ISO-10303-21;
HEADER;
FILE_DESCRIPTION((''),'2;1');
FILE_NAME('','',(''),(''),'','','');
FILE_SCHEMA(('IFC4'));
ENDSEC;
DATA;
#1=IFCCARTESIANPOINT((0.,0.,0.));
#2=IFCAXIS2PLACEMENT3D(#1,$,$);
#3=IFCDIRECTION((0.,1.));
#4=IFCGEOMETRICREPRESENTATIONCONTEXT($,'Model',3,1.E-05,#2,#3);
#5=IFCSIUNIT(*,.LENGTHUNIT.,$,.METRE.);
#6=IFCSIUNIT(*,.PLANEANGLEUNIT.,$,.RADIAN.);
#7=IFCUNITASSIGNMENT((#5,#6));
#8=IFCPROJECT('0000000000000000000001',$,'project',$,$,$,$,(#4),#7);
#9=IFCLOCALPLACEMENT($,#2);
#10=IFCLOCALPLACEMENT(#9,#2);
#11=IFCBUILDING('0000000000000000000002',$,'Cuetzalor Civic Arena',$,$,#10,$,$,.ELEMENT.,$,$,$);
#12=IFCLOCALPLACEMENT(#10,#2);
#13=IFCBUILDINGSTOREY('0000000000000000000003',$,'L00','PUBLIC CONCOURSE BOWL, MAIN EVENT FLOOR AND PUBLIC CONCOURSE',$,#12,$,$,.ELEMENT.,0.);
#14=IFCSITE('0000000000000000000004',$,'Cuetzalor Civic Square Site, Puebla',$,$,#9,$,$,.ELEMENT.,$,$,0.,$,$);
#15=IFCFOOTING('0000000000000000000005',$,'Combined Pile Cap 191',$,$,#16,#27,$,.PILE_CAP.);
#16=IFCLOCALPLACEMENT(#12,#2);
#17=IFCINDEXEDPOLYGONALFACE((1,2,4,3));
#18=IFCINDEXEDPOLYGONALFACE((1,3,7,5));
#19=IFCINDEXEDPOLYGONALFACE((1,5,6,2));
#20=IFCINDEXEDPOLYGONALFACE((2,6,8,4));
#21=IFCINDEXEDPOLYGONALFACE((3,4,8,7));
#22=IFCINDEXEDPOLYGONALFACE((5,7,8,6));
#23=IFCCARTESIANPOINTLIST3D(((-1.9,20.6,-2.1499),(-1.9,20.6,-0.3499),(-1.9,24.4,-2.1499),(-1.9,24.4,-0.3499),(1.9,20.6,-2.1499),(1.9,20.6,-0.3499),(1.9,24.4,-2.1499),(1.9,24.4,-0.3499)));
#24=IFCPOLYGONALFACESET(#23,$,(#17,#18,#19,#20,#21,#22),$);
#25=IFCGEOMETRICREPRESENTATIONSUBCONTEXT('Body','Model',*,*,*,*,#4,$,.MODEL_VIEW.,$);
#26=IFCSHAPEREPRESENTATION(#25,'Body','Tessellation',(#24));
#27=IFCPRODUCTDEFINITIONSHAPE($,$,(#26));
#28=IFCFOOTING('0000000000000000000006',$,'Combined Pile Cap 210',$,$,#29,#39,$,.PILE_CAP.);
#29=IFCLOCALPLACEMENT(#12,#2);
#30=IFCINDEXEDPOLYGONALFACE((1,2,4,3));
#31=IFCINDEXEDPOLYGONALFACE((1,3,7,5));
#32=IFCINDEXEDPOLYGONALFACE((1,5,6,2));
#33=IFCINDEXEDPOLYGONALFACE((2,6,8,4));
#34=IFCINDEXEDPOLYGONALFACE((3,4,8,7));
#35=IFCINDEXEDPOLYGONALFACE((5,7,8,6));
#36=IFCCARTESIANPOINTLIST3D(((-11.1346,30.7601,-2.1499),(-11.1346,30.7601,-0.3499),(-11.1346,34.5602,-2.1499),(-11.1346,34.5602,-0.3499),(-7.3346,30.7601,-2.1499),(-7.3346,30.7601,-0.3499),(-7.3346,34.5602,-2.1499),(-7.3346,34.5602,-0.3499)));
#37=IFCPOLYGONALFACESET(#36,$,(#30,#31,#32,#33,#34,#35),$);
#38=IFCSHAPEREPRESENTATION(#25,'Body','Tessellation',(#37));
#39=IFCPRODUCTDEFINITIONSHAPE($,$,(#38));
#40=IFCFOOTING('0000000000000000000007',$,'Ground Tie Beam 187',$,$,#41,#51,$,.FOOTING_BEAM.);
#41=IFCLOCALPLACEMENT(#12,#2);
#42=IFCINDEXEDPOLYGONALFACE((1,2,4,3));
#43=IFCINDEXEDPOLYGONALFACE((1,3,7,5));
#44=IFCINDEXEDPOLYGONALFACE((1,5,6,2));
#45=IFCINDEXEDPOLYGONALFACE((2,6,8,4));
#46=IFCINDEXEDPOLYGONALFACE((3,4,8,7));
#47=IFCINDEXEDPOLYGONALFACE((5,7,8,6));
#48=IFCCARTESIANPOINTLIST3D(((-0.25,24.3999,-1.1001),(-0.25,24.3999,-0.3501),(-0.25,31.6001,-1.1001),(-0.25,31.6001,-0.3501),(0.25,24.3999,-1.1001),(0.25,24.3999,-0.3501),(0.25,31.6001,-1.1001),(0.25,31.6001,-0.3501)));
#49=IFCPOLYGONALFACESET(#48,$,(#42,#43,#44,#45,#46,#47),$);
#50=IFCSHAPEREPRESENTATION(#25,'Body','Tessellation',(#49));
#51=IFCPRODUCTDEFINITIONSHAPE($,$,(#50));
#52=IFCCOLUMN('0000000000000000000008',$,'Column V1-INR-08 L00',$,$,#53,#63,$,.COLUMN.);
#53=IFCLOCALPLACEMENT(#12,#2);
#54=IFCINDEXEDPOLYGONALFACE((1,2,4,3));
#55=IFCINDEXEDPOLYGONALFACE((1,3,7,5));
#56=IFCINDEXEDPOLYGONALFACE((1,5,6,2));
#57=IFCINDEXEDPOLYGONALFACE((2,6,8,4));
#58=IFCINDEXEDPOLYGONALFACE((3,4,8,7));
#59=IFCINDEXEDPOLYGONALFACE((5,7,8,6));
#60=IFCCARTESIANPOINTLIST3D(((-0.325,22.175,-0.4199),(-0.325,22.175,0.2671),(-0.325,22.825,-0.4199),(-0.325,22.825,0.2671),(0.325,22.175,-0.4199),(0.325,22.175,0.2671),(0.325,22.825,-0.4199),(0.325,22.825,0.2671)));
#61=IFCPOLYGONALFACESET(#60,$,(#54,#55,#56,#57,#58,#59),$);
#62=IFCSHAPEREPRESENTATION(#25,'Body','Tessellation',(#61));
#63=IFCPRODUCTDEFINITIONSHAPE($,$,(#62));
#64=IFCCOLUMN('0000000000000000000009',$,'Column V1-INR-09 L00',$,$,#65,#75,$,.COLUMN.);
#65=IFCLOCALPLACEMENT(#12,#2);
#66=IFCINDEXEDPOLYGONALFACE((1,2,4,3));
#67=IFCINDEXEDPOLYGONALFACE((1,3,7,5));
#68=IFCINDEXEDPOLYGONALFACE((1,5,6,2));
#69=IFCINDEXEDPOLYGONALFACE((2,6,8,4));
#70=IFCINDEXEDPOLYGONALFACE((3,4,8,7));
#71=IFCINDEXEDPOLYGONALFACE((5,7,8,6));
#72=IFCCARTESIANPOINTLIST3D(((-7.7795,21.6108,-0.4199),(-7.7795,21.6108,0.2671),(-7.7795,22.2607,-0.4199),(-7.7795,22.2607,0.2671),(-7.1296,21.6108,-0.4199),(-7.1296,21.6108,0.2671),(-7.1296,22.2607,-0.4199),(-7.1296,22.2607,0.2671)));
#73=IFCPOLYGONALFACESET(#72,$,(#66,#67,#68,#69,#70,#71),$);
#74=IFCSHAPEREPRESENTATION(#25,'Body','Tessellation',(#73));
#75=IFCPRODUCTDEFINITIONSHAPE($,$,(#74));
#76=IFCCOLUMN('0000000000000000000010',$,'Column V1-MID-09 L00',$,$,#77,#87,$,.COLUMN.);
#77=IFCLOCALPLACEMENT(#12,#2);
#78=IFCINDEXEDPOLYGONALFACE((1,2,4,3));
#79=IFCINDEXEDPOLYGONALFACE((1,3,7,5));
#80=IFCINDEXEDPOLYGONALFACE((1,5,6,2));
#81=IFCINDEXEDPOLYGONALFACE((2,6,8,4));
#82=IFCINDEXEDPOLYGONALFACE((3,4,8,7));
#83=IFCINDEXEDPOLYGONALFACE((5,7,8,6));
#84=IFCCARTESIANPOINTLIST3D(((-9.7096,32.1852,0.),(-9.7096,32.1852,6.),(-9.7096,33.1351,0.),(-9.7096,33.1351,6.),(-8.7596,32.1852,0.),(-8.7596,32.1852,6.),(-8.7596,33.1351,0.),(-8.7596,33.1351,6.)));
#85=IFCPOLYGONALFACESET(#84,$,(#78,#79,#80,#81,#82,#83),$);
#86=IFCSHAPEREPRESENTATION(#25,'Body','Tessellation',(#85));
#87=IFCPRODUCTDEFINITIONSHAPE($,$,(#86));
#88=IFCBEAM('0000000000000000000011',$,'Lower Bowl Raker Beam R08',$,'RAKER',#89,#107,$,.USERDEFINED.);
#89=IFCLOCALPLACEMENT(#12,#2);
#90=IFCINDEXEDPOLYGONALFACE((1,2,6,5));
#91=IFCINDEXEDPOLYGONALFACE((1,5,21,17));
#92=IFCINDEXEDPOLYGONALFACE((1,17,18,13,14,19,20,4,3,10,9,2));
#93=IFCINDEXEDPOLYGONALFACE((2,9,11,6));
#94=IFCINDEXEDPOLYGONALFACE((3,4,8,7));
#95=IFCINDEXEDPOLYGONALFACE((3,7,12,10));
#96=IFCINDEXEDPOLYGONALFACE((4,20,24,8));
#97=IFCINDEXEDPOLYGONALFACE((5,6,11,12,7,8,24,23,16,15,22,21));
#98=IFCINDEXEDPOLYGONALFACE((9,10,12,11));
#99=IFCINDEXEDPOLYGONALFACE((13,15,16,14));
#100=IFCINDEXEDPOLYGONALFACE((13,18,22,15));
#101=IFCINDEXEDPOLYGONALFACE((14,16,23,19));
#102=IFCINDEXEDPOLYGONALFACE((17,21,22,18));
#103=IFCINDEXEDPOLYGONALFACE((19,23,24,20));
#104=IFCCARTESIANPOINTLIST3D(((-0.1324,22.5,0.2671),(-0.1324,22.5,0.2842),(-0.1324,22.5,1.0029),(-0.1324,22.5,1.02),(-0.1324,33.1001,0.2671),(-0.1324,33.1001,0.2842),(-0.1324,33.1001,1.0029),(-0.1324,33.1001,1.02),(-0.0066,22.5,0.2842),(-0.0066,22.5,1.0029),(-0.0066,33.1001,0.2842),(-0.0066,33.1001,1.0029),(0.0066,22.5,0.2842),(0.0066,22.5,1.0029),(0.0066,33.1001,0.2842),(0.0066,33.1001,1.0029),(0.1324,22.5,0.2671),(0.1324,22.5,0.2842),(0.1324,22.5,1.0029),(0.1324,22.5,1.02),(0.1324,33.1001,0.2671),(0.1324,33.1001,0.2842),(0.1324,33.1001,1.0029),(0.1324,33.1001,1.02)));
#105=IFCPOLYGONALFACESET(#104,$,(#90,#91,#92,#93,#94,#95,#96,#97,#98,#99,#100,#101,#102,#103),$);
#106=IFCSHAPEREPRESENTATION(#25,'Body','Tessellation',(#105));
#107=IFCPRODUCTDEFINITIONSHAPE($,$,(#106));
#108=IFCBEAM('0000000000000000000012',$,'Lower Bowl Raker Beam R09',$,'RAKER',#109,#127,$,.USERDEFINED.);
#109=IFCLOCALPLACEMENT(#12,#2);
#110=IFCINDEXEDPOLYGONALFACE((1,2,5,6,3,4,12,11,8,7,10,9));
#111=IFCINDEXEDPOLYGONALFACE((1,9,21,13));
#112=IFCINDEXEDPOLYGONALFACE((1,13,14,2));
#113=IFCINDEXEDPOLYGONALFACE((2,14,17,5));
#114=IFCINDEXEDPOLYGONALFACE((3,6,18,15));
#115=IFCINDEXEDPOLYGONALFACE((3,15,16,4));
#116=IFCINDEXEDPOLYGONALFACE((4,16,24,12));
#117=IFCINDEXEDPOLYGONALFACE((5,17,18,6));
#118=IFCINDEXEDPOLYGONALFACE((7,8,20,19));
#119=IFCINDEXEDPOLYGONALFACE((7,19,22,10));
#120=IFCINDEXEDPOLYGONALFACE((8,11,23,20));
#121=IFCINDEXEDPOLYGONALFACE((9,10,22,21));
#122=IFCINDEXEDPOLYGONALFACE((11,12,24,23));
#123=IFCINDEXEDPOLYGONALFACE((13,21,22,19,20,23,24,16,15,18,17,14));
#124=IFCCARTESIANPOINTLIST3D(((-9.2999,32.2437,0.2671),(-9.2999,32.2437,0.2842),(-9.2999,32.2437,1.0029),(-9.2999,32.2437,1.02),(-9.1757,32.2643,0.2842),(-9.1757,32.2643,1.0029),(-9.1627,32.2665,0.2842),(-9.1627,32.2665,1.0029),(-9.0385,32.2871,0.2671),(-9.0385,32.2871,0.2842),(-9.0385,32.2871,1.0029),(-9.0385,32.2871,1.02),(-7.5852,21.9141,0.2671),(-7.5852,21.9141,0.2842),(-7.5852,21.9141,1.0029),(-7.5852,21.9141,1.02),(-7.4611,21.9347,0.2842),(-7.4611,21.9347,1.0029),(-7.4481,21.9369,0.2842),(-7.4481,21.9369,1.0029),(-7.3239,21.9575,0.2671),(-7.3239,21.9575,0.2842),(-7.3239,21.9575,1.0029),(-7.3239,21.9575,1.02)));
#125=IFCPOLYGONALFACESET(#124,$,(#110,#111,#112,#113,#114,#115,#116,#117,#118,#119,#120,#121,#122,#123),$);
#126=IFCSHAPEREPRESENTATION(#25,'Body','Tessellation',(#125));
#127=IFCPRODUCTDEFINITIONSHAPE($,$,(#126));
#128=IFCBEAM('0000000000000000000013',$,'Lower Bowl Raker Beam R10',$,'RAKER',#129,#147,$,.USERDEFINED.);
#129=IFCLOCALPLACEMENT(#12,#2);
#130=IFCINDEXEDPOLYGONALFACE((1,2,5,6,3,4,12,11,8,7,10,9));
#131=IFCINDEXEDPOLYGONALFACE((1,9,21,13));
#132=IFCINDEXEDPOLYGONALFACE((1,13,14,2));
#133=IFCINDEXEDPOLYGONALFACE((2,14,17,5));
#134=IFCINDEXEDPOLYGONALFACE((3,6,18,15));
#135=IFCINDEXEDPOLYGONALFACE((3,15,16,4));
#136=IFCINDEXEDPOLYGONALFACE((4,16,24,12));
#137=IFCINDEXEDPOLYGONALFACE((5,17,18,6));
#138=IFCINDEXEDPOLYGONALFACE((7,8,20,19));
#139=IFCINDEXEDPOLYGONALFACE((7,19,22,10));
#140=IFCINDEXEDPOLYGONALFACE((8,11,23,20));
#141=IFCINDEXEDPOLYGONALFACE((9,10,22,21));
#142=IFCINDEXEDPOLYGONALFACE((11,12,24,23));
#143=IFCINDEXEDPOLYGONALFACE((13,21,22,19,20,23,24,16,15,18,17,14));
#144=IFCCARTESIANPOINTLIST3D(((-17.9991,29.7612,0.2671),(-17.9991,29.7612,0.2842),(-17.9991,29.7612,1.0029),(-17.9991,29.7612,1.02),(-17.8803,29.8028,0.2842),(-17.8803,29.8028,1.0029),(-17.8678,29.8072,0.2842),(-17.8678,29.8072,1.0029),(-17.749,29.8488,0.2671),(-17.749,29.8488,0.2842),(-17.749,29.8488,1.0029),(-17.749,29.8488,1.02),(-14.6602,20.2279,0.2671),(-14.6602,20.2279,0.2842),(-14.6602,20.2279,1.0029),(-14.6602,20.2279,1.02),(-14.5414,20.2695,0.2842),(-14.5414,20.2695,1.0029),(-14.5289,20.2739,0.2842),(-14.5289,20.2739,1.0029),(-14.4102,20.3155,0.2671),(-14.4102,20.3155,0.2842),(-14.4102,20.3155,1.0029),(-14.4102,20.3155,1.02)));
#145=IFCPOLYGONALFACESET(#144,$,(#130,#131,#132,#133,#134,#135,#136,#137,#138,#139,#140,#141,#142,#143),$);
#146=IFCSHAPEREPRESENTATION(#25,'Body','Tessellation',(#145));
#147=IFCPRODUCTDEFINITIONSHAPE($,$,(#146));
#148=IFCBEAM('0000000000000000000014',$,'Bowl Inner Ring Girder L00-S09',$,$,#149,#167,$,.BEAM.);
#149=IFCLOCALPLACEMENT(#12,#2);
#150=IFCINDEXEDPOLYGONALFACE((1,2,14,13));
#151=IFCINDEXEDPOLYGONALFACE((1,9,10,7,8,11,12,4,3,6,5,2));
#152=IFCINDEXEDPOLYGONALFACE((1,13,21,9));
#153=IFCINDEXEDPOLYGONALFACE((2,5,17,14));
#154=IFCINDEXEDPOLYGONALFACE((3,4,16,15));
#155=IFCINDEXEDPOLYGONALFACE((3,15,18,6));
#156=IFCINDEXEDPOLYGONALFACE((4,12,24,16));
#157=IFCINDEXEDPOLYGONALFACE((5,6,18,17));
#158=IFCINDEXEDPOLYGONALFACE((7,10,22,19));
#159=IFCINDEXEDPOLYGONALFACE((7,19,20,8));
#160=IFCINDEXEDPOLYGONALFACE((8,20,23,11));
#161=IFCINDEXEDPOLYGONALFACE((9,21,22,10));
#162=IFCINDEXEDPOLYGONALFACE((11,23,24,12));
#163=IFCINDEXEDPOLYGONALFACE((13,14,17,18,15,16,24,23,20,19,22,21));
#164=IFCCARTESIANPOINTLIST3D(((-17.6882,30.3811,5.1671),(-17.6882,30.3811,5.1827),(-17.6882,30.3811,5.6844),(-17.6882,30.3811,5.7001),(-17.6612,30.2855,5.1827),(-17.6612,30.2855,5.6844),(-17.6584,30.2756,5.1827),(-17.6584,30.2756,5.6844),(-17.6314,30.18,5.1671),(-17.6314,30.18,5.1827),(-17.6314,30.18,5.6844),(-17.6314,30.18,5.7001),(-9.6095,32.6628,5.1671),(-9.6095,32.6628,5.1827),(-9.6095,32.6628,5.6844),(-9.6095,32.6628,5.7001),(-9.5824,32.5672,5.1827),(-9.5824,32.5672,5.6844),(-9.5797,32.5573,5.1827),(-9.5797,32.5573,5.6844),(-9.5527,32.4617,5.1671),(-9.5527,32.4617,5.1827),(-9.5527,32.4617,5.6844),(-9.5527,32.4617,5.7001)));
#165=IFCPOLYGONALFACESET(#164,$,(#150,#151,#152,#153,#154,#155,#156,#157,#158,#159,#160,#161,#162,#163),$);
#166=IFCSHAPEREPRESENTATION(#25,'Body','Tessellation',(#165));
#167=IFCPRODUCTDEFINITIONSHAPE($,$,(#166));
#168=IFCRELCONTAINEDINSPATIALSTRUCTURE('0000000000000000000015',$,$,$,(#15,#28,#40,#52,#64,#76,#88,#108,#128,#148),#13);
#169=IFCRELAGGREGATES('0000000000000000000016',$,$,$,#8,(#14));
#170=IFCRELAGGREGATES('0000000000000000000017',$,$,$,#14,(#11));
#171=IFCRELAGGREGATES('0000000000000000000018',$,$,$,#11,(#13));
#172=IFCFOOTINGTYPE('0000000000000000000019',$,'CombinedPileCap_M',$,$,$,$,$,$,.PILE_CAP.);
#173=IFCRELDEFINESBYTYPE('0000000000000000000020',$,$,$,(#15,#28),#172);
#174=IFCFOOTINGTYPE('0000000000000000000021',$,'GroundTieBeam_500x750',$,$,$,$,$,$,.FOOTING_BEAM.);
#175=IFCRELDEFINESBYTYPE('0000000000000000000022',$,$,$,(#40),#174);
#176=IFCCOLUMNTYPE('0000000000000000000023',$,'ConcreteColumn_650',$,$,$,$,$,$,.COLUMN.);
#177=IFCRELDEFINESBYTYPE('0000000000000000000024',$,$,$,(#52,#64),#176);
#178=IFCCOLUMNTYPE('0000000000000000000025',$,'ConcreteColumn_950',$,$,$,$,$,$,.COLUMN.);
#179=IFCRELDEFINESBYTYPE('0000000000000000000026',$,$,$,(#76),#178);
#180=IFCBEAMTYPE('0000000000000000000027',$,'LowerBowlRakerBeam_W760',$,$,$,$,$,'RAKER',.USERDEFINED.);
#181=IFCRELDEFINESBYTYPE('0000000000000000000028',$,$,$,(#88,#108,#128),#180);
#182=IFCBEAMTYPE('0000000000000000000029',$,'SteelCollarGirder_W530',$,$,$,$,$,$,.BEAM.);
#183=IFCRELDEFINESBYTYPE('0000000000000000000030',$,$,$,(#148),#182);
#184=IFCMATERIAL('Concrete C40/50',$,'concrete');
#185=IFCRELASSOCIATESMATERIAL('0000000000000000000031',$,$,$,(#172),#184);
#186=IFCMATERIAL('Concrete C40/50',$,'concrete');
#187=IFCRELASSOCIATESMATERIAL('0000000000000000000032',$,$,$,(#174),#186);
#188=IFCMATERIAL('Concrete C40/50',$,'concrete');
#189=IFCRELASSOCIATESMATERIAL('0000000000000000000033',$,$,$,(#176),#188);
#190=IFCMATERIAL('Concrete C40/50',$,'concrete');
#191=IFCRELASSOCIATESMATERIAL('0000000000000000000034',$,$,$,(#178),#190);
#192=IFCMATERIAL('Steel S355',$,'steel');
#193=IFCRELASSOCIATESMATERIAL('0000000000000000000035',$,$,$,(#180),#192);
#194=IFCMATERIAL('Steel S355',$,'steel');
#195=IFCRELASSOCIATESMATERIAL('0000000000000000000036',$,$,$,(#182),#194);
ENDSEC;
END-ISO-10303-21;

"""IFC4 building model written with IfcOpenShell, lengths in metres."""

from ifc_helpers import new_model, si_unit, direction, frame, origin, origin_2d, place, context, subcontext, project, spatial, rectangle, i_section, extrude, material, material_profile, profile_set, type_object, element, save


model = new_model("IFC4")

# Units and contexts
model_context = context("Model", 3, precision=1e-05, world=origin(), true_north=direction((0.0, 1.0)))
body_context = subcontext(model_context, "Body", "Model", "MODEL_VIEW")
ifc_project = project(units=[si_unit("LENGTHUNIT", "METRE"), si_unit("PLANEANGLEUNIT", "RADIAN")], contexts=[model_context])

# Site, building, storey
site_placement = place(None, origin())
site = spatial("IfcSite", under=ifc_project, at=site_placement, Name="Cuetzalor Civic Square Site, Puebla", CompositionType="ELEMENT", RefElevation=0.0)
building_placement = place(site_placement, origin())
building = spatial("IfcBuilding", under=site, at=building_placement, Name="Cuetzalor Civic Arena", CompositionType="ELEMENT")
storey_placement = place(building_placement, origin())
storey = spatial("IfcBuildingStorey", under=building, at=storey_placement, Name="L00", Description="PUBLIC CONCOURSE BOWL, MAIN EVENT FLOOR AND PUBLIC CONCOURSE", CompositionType="ELEMENT", Elevation=0.0)

# Footings
ifc_material_1 = material(Name="Concrete C40/50", Category="concrete")
footing_type_1 = type_object("IfcFootingType", Name="CombinedPileCap_M", PredefinedType="PILE_CAP", material=ifc_material_1)
for number, where, z_axis, x_axis, name in (
    (1, (0.0, 22.5, -2.1499), (0.0, 0.0, 1.0), (1.0, 0.0, 0.0), "Combined Pile Cap 191"),
    (2, (-9.2346, 32.6602, -2.1499), (0.0, 0.0, 1.0), (1.0, 0.0, 0.0), "Combined Pile Cap 210"),
):
    element("IfcFooting", number, at=place(storey_placement, frame(where, z_axis=z_axis, x_axis=x_axis)), inside=storey, type_object=footing_type_1, Name=name, PredefinedType="PILE_CAP", context=body_context, shape_type="SweptSolid", body=[
        extrude(rectangle(XDim=3.8, YDim=3.8, at=origin_2d()), origin(), (0.0, 0.0, 1.0), 1.8),
    ])
ifc_material_2 = material(Name="Concrete C40/50", Category="concrete")
ifc_material_profile_1 = material_profile(ifc_material_2, rectangle(XDim=0.5, YDim=0.75, at=origin_2d()), Name="RC 500x750")
ifc_profile_set_1 = profile_set([ifc_material_profile_1], Name="Concrete C40/50")
footing_type_2 = type_object("IfcFootingType", Name="GroundTieBeam_500x750", PredefinedType="FOOTING_BEAM", material=ifc_profile_set_1)
footing_placement = place(storey_placement, frame((0.0, 24.3999, -0.7251), z_axis=(0.0, 1.0, 0.0), x_axis=(-1.0, 0.0, 0.0)))
element("IfcFooting", 3, at=footing_placement, inside=storey, type_object=footing_type_2, Name="Ground Tie Beam 187", PredefinedType="FOOTING_BEAM", context=body_context, shape_type="SweptSolid", body=[
    extrude(rectangle(XDim=0.5, YDim=0.75, at=origin_2d()), origin(), (0.0, 0.0, 1.0), 7.2002),
])

# Columns
ifc_material_3 = material(Name="Concrete C40/50", Category="concrete")
ifc_material_profile_2 = material_profile(ifc_material_3, rectangle(XDim=0.6499, YDim=0.6499, at=origin_2d()), Name="RC 650x650")
ifc_profile_set_2 = profile_set([ifc_material_profile_2], Name="Concrete C40/50")
column_type_1 = type_object("IfcColumnType", Name="ConcreteColumn_650", PredefinedType="COLUMN", material=ifc_profile_set_2)
for number, where, z_axis, x_axis, name in (
    (4, (0.0, 22.5, -0.4199), (0.0, 0.0, 1.0), (1.0, 0.0, 0.0), "Column V1-INR-08 L00"),
    (5, (-7.4546, 21.9358, -0.4199), (0.0, 0.0, 1.0), (1.0, 0.0, 0.0), "Column V1-INR-09 L00"),
):
    element("IfcColumn", number, at=place(storey_placement, frame(where, z_axis=z_axis, x_axis=x_axis)), inside=storey, type_object=column_type_1, Name=name, PredefinedType="COLUMN", context=body_context, shape_type="SweptSolid", body=[
        extrude(rectangle(XDim=0.6499, YDim=0.6499, at=origin_2d()), origin(), (0.0, 0.0, 1.0), 0.687),
    ])
ifc_material_4 = material(Name="Concrete C40/50", Category="concrete")
ifc_material_profile_3 = material_profile(ifc_material_4, rectangle(XDim=0.95, YDim=0.95, at=origin_2d()), Name="RC 950x950")
ifc_profile_set_3 = profile_set([ifc_material_profile_3], Name="Concrete C40/50")
column_type_2 = type_object("IfcColumnType", Name="ConcreteColumn_950", PredefinedType="COLUMN", material=ifc_profile_set_3)
column_placement = place(storey_placement, frame((-9.2346, 32.6602, 0.0), z_axis=(0.0, 0.0, 1.0), x_axis=(1.0, 0.0, 0.0)))
element("IfcColumn", 6, at=column_placement, inside=storey, type_object=column_type_2, Name="Column V1-MID-09 L00", PredefinedType="COLUMN", context=body_context, shape_type="SweptSolid", body=[
    extrude(rectangle(XDim=0.95, YDim=0.95, at=origin_2d()), origin(), (0.0, 0.0, 1.0), 6.0),
])

# Beams
ifc_material_5 = material(Name="Steel S355", Category="steel")
ifc_material_profile_4 = material_profile(ifc_material_5, i_section(OverallWidth=0.2649, OverallDepth=0.7529, WebThickness=0.0132, FlangeThickness=0.0171, at=origin_2d()), Name="W760x147")
ifc_profile_set_4 = profile_set([ifc_material_profile_4], Name="Steel S355")
beam_type_1 = type_object("IfcBeamType", Name="LowerBowlRakerBeam_W760", ElementType="RAKER", PredefinedType="USERDEFINED", material=ifc_profile_set_4)
beam_1_placement = place(storey_placement, frame((0.0, 22.5, 0.6436), z_axis=(0.0, 1.0, 0.0), x_axis=(-1.0, 0.0, 0.0)))
element("IfcBeam", 7, at=beam_1_placement, inside=storey, type_object=beam_type_1, Name="Lower Bowl Raker Beam R08", ObjectType="RAKER", PredefinedType="USERDEFINED", context=body_context, shape_type="SweptSolid", body=[
    extrude(i_section(OverallWidth=0.2649, OverallDepth=0.7529, WebThickness=0.0132, FlangeThickness=0.0171, at=origin_2d()), origin(), (0.0, 0.0, 1.0), 10.6001),
])
beam_2_placement = place(storey_placement, frame((-7.4546, 21.9358, 0.6436), z_axis=(-0.163749, 0.986502, 0.0), x_axis=(-0.986502, -0.163749, 0.0)))
element("IfcBeam", 8, at=beam_2_placement, inside=storey, type_object=beam_type_1, Name="Lower Bowl Raker Beam R09", ObjectType="RAKER", PredefinedType="USERDEFINED", context=body_context, shape_type="SweptSolid", body=[
    extrude(i_section(OverallWidth=0.2649, OverallDepth=0.7529, WebThickness=0.0132, FlangeThickness=0.0171, at=origin_2d()), origin(), (0.0, 0.0, 1.0), 10.4709),
])
beam_3_placement = place(storey_placement, frame((-14.5352, 20.2717, 0.6436), z_axis=(-0.330549, 0.943789, 0.0), x_axis=(-0.943789, -0.330549, 0.0)))
element("IfcBeam", 9, at=beam_3_placement, inside=storey, type_object=beam_type_1, Name="Lower Bowl Raker Beam R10", ObjectType="RAKER", PredefinedType="USERDEFINED", context=body_context, shape_type="SweptSolid", body=[
    extrude(i_section(OverallWidth=0.2649, OverallDepth=0.7529, WebThickness=0.0132, FlangeThickness=0.0171, at=origin_2d()), origin(), (0.0, 0.0, 1.0), 10.1011),
])
ifc_material_6 = material(Name="Steel S355", Category="steel")
ifc_material_profile_5 = material_profile(ifc_material_6, i_section(OverallWidth=0.209, OverallDepth=0.533, WebThickness=0.0103, FlangeThickness=0.0156, at=origin_2d()), Name="W530x92")
ifc_profile_set_5 = profile_set([ifc_material_profile_5], Name="Steel S355")
beam_type_2 = type_object("IfcBeamType", Name="SteelCollarGirder_W530", PredefinedType="BEAM", material=ifc_profile_set_5)
beam_4_placement = place(storey_placement, frame((-9.5811, 32.5623, 5.4336), z_axis=(-0.962354, -0.271801, 0.0), x_axis=(0.271801, -0.962354, 0.0)))
element("IfcBeam", 10, at=beam_4_placement, inside=storey, type_object=beam_type_2, Name="Bowl Inner Ring Girder L00-S09", PredefinedType="BEAM", context=body_context, shape_type="SweptSolid", body=[
    extrude(i_section(OverallWidth=0.209, OverallDepth=0.533, WebThickness=0.0103, FlangeThickness=0.0156, at=origin_2d()), origin(), (0.0, 0.0, 1.0), 8.3948),
])

save(model, "model.ifc")
